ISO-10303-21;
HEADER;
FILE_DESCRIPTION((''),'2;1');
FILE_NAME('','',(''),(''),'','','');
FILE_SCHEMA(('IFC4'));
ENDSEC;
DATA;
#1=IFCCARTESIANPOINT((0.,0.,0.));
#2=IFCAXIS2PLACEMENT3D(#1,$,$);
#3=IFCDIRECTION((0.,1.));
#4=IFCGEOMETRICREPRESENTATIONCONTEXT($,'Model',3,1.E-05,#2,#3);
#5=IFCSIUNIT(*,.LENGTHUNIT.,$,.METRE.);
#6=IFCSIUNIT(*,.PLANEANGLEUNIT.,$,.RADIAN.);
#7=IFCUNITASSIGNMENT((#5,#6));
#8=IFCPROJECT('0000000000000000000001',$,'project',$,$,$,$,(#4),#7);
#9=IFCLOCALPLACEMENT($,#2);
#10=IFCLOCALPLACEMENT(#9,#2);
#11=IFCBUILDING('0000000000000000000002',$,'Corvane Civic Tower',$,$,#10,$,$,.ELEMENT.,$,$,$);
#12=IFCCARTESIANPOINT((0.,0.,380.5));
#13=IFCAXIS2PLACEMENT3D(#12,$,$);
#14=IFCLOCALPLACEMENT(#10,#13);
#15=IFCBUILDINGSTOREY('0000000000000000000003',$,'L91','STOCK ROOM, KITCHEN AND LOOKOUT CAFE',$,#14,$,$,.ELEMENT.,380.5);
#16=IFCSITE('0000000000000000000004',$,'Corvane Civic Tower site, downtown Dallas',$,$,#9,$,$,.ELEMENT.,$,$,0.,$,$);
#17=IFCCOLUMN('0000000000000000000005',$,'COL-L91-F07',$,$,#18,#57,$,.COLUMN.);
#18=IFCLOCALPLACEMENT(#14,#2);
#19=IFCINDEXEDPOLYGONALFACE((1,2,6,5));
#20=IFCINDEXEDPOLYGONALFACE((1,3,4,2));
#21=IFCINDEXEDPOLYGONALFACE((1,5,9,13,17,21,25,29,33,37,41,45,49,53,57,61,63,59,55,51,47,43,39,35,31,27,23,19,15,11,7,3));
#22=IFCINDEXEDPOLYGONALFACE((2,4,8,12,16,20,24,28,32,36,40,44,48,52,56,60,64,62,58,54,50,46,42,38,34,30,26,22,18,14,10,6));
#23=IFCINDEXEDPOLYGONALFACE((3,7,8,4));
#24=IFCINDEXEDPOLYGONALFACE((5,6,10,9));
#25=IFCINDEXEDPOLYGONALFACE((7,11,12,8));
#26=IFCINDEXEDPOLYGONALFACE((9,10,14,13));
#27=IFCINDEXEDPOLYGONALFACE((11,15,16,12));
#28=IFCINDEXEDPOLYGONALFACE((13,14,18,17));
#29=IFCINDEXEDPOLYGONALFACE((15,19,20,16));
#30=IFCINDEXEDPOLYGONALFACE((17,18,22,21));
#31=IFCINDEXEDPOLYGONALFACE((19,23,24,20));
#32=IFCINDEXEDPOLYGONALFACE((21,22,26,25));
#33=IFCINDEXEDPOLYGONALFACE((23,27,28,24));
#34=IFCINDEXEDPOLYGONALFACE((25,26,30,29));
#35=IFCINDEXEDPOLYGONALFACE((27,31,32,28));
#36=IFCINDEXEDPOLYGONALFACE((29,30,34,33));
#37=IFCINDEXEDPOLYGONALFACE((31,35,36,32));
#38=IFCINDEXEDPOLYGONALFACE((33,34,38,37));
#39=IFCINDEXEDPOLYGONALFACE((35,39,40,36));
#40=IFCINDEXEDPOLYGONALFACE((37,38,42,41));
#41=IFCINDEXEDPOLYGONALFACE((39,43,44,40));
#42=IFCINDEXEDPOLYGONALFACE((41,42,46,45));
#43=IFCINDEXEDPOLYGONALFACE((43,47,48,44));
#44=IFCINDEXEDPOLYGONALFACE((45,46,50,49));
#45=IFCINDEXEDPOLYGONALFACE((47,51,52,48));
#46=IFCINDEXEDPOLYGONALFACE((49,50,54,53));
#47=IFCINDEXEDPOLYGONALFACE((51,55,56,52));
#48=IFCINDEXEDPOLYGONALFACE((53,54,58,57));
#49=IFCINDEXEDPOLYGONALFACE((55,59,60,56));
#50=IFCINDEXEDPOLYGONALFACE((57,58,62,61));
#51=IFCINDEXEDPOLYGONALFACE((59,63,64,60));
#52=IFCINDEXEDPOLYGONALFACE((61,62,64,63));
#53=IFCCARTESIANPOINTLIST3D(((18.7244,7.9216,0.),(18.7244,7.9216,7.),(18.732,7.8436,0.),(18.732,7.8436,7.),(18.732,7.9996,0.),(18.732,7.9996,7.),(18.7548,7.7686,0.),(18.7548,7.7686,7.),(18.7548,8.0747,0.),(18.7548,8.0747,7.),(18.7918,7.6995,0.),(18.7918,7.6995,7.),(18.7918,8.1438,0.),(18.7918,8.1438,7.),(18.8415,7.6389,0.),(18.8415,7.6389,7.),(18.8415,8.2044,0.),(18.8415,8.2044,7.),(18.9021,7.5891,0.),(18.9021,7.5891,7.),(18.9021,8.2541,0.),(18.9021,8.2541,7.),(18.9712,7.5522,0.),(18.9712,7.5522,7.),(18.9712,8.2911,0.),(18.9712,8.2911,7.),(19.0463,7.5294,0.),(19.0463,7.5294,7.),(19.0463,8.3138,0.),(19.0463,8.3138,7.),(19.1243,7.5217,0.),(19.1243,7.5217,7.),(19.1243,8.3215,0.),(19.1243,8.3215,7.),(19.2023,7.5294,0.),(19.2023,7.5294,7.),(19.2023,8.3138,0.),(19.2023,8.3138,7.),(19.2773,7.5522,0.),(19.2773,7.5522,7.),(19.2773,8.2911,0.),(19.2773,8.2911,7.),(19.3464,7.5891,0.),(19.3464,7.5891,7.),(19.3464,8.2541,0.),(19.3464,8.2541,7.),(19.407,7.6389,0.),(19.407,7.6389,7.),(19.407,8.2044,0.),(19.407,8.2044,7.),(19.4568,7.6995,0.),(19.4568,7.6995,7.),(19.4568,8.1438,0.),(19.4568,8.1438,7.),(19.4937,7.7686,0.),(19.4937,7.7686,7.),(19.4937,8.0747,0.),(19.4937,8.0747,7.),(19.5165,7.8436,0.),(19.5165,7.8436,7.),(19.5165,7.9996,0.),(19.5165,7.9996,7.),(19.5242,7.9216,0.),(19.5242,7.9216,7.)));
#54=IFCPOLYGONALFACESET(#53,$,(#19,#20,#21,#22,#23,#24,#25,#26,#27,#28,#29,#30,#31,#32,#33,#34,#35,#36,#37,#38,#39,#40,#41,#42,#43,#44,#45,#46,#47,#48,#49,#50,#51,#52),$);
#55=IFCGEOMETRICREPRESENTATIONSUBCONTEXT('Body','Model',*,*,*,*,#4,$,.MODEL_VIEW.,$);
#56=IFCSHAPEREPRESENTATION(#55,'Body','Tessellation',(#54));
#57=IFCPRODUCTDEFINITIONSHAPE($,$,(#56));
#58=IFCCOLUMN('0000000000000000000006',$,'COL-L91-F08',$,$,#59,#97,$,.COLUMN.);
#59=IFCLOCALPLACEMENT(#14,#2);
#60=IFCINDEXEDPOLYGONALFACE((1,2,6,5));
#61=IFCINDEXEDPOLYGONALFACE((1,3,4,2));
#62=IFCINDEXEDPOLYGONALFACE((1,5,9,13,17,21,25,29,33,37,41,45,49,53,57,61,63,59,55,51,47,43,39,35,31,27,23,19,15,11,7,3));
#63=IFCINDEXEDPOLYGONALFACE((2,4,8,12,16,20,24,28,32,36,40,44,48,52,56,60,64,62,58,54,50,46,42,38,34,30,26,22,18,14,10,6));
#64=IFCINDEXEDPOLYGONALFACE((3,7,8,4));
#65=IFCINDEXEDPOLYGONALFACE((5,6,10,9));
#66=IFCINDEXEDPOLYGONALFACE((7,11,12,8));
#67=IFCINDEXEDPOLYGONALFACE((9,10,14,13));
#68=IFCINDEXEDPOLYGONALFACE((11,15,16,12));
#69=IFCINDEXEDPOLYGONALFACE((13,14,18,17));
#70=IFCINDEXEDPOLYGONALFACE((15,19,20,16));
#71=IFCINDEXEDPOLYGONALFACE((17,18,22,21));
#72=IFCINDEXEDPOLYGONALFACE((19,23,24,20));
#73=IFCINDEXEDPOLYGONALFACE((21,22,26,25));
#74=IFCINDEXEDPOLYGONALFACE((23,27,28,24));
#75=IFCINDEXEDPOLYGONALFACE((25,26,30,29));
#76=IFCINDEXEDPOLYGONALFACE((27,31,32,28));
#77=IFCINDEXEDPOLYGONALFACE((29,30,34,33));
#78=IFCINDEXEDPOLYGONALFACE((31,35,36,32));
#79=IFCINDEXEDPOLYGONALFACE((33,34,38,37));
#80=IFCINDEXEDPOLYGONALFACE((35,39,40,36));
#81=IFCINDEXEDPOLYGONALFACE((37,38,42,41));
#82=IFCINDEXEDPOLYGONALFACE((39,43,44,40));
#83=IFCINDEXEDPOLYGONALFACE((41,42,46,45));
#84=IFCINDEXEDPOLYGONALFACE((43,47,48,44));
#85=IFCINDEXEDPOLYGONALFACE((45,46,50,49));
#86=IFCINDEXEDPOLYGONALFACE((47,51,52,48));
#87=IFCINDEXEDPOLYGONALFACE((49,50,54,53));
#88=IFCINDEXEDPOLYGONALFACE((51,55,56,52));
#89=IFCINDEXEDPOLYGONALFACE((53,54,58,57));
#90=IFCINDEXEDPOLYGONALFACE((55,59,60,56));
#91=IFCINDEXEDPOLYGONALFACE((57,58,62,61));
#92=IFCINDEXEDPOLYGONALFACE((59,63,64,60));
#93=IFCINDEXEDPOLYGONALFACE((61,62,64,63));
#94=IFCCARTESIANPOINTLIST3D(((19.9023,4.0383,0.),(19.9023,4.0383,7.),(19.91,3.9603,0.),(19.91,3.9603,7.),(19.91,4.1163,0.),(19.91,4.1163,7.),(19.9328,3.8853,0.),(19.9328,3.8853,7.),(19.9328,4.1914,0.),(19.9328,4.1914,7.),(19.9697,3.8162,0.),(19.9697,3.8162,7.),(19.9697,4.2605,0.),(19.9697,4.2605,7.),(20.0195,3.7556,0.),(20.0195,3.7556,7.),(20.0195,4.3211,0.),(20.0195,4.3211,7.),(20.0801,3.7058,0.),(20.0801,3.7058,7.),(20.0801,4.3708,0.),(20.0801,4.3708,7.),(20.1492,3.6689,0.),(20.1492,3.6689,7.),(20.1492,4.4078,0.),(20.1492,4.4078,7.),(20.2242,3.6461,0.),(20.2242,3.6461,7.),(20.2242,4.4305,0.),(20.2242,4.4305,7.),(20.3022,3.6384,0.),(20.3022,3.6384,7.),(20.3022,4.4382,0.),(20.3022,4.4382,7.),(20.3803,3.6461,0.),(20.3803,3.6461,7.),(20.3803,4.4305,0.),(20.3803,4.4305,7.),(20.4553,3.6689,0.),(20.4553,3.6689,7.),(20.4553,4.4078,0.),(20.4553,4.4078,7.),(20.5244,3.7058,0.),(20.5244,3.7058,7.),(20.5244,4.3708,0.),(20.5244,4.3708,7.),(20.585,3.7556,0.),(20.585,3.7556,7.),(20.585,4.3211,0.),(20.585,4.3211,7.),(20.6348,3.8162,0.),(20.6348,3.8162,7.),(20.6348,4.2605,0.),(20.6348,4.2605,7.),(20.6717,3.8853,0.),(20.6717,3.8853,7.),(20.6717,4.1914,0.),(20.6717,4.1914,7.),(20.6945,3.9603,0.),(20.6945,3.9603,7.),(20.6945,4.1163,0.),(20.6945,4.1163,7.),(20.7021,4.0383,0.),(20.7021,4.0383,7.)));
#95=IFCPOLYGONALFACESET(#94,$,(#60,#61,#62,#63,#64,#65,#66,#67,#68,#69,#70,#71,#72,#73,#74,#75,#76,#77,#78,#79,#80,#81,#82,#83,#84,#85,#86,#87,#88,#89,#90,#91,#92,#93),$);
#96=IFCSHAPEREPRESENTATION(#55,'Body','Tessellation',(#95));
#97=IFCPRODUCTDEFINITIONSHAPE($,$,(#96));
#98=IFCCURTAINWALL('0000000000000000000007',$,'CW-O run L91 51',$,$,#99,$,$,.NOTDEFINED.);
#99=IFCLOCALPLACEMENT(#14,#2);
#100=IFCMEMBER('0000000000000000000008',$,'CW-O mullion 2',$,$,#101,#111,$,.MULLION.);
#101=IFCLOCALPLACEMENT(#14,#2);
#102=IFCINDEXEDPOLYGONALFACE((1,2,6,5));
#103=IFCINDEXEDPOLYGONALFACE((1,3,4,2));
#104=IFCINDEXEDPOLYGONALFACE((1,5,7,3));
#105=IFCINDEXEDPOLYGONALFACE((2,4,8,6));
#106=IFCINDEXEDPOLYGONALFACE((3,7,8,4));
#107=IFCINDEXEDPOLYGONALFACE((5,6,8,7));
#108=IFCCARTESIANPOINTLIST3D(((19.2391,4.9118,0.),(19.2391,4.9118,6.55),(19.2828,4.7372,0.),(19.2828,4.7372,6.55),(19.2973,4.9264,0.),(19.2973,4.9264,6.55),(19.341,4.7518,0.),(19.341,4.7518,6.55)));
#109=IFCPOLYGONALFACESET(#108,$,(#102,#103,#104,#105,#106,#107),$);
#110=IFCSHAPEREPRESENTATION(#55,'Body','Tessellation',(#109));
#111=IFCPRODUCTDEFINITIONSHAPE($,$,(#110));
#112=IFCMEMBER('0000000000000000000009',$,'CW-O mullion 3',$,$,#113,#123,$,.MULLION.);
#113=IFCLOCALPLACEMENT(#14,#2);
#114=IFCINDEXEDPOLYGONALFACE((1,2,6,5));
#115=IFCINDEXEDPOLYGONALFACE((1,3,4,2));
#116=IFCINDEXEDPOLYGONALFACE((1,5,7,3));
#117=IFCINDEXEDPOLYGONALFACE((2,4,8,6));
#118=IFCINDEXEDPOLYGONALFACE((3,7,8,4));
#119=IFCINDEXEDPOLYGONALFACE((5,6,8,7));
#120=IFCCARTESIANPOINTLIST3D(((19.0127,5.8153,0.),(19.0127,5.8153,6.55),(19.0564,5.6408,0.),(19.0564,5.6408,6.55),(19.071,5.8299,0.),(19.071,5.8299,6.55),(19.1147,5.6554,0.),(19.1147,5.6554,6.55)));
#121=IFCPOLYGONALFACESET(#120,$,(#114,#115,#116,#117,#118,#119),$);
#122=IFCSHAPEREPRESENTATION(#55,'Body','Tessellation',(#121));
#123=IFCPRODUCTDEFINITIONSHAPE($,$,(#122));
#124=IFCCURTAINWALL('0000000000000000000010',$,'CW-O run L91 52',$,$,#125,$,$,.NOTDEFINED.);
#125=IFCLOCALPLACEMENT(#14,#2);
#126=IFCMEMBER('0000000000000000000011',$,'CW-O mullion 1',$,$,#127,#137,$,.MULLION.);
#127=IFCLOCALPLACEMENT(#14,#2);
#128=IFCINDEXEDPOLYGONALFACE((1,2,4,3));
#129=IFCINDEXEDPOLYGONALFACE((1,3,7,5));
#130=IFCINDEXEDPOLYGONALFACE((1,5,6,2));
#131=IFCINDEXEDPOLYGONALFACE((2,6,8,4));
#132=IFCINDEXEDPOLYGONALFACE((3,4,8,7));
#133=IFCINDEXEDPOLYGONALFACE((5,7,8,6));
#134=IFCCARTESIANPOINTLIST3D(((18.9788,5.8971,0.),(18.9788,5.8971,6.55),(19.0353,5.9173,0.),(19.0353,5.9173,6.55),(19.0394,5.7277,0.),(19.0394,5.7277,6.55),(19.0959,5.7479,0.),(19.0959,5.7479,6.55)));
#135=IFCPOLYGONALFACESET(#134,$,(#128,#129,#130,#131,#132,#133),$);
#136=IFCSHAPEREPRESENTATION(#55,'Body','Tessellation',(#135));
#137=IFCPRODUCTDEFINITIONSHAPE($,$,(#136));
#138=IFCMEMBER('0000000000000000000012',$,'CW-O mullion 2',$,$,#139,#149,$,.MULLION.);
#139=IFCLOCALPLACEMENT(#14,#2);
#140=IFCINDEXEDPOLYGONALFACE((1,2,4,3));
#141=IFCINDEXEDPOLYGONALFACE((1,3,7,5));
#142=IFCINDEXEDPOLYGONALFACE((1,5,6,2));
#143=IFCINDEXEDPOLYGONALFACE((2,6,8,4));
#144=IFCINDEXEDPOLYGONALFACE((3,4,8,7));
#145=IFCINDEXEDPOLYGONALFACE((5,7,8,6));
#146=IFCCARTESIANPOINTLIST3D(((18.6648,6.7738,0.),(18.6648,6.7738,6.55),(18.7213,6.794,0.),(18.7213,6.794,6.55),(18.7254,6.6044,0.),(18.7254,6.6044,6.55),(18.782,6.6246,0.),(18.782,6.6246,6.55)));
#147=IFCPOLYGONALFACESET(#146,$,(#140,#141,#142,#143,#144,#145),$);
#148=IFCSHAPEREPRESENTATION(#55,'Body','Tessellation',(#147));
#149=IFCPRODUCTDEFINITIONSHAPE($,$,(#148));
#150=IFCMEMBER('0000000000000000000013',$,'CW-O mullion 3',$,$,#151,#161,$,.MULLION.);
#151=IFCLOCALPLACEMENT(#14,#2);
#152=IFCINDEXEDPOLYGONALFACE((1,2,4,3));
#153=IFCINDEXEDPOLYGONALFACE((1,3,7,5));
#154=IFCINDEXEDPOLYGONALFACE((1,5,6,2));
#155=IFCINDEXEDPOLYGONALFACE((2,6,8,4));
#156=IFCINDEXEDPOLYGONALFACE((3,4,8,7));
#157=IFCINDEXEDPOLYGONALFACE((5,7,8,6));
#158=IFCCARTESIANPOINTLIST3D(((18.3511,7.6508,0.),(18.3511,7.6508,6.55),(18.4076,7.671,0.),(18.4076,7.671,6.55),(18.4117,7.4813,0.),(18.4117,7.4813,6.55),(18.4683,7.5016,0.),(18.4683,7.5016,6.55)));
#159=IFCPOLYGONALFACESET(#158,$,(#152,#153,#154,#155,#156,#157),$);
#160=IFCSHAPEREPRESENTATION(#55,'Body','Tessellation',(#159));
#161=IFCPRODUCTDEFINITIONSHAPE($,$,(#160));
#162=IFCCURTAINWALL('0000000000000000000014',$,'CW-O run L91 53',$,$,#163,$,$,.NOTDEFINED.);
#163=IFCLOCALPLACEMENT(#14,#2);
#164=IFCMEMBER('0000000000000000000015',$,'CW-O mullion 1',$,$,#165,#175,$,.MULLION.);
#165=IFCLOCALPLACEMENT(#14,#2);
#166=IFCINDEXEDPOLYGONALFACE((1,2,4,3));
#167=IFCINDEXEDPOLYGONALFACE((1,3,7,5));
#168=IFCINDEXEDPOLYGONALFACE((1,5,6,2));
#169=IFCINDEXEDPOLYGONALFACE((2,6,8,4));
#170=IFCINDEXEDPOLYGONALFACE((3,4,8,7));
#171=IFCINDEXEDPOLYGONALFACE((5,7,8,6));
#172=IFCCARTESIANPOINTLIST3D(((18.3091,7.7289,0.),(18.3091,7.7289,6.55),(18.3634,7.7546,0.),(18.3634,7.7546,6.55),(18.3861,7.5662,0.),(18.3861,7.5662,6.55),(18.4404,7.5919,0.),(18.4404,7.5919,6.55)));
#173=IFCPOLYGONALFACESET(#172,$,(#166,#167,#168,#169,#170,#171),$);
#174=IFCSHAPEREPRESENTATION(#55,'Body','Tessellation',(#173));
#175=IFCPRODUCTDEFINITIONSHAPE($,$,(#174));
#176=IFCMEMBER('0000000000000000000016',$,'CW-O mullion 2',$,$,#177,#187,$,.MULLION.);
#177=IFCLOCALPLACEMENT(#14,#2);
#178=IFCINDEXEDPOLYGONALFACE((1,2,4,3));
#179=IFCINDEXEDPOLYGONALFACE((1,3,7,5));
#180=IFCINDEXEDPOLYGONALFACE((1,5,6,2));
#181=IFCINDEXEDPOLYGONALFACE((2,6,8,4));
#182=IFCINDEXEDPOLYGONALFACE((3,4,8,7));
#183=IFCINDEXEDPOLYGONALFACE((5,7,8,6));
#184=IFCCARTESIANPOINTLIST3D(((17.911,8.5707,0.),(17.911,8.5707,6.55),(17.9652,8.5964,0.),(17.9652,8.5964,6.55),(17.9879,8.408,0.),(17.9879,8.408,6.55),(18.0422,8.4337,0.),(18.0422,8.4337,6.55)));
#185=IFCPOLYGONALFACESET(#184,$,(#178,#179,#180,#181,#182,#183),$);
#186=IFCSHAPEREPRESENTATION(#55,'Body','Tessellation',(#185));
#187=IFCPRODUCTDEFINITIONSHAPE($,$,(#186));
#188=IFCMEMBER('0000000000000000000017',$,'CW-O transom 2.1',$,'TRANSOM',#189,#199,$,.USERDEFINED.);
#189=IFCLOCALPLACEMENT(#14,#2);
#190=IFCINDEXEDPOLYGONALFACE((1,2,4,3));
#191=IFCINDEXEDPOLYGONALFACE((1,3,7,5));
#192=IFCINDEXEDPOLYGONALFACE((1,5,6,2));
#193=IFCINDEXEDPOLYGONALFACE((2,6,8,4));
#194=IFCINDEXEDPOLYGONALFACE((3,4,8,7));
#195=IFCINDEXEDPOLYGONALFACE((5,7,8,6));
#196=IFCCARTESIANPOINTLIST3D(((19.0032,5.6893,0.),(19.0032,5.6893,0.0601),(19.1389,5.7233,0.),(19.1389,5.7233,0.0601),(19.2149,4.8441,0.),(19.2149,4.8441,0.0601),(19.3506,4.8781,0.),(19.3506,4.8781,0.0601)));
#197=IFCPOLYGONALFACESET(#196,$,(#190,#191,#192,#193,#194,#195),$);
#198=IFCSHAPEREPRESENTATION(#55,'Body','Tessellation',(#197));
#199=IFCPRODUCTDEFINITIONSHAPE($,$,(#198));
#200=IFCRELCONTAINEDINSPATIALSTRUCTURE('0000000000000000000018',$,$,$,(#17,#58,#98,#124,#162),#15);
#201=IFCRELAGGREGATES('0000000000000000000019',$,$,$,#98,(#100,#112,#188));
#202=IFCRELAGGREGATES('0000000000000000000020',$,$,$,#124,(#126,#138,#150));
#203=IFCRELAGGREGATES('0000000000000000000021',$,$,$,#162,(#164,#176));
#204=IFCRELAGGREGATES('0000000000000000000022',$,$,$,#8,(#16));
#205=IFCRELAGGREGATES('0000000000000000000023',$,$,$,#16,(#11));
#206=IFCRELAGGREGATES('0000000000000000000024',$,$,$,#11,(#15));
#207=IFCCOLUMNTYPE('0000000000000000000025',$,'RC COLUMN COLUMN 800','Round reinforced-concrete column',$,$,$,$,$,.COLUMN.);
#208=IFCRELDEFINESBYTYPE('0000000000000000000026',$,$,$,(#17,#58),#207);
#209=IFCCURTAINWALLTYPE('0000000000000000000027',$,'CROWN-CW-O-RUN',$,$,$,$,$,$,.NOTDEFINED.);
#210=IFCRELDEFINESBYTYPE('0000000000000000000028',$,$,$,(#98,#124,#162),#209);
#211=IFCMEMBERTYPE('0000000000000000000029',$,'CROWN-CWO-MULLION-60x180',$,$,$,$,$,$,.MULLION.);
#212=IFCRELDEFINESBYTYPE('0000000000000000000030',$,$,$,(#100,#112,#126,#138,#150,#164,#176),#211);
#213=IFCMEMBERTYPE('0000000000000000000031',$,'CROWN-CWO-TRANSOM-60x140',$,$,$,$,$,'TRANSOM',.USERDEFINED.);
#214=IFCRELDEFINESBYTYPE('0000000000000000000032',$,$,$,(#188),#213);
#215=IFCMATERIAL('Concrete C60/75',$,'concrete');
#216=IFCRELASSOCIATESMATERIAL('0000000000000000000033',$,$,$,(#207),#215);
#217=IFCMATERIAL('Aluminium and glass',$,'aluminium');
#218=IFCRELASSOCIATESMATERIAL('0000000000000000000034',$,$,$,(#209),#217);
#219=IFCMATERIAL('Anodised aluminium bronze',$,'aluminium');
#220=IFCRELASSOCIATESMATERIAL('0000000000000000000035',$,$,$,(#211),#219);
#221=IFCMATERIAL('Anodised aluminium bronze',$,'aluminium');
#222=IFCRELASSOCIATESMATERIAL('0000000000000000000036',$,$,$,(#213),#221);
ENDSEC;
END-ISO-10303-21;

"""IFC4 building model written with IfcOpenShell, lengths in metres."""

from ifc_helpers import new_model, si_unit, direction, frame, origin, origin_2d, place, context, subcontext, project, spatial, rectangle, circle, extrude, material, material_profile, profile_set, type_object, element, aggregate, save


model = new_model("IFC4")

# Units and contexts
model_context = context("Model", 3, precision=1e-05, world=origin(), true_north=direction((0.0, 1.0)))
body_context = subcontext(model_context, "Body", "Model", "MODEL_VIEW")
ifc_project = project(units=[si_unit("LENGTHUNIT", "METRE"), si_unit("PLANEANGLEUNIT", "RADIAN")], contexts=[model_context])

# Site, building, storey
site_placement = place(None, origin())
site = spatial("IfcSite", under=ifc_project, at=site_placement, Name="Corvane Civic Tower site, downtown Dallas", CompositionType="ELEMENT", RefElevation=0.0)
building_placement = place(site_placement, origin())
building = spatial("IfcBuilding", under=site, at=building_placement, Name="Corvane Civic Tower", CompositionType="ELEMENT")
storey_placement = place(building_placement, frame((0.0, 0.0, 380.5)))
storey = spatial("IfcBuildingStorey", under=building, at=storey_placement, Name="L91", Description="STOCK ROOM, KITCHEN AND LOOKOUT CAFE", CompositionType="ELEMENT", Elevation=380.5)

# Columns
ifc_material_1 = material(Name="Concrete C60/75", Category="concrete")
ifc_material_profile_1 = material_profile(ifc_material_1, circle(Radius=0.3999, at=origin_2d()), Name="COLUMN 800")
ifc_profile_set_1 = profile_set([ifc_material_profile_1], Name="Concrete C60/75")
column_type = type_object("IfcColumnType", Name="RC COLUMN COLUMN 800", Description="Round reinforced-concrete column", PredefinedType="COLUMN", material=ifc_profile_set_1)
for number, where, z_axis, x_axis, name in (
    (1, (19.1243, 7.9216, 0.0), (0.0, 0.0, 1.0), (1.0, 0.0, 0.0), "COL-L91-F07"),
    (2, (20.3022, 4.0383, 0.0), (0.0, 0.0, 1.0), (1.0, 0.0, 0.0), "COL-L91-F08"),
):
    element("IfcColumn", number, at=place(storey_placement, frame(where, z_axis=z_axis, x_axis=x_axis)), inside=storey, type_object=column_type, Name=name, PredefinedType="COLUMN", context=body_context, shape_type="SweptSolid", body=[
        extrude(circle(Radius=0.3999, at=origin_2d()), origin(), (0.0, 0.0, 1.0), 7.0),
    ])

# Curtain walls, members
ifc_material_2 = material(Name="Aluminium and glass", Category="aluminium")
curtain_wall_type = type_object("IfcCurtainWallType", Name="CROWN-CW-O-RUN", PredefinedType="NOTDEFINED", material=ifc_material_2)
curtain_wall_1_placement = place(storey_placement, origin())
curtain_wall_1 = element("IfcCurtainWall", 3, at=curtain_wall_1_placement, inside=storey, type_object=curtain_wall_type, Name="CW-O run L91 51", PredefinedType="NOTDEFINED")
ifc_material_3 = material(Name="Anodised aluminium bronze", Category="aluminium")
ifc_material_profile_2 = material_profile(ifc_material_3, rectangle(XDim=0.0601, YDim=0.1799, at=origin_2d()), Name="AL 60x180")
ifc_profile_set_2 = profile_set([ifc_material_profile_2], Name="Anodised aluminium bronze")
member_type_1 = type_object("IfcMemberType", Name="CROWN-CWO-MULLION-60x180", PredefinedType="MULLION", material=ifc_profile_set_2)
member_1_placement = place(storey_placement, frame((19.29, 4.8318, 0.0), z_axis=(0.0, 0.0, 1.0), x_axis=(-0.970038, -0.242952, 0.0)))
member_1 = element("IfcMember", 4, at=member_1_placement, type_object=member_type_1, Name="CW-O mullion 2", PredefinedType="MULLION", context=body_context, shape_type="SweptSolid", body=[
    extrude(rectangle(XDim=0.0601, YDim=0.1799, at=origin_2d()), origin(), (0.0, 0.0, 1.0), 6.55),
])
member_2_placement = place(storey_placement, frame((19.0637, 5.7354, 0.0), z_axis=(0.0, 0.0, 1.0), x_axis=(-0.970038, -0.242952, 0.0)))
member_2 = element("IfcMember", 5, at=member_2_placement, type_object=member_type_1, Name="CW-O mullion 3", PredefinedType="MULLION", context=body_context, shape_type="SweptSolid", body=[
    extrude(rectangle(XDim=0.0601, YDim=0.1799, at=origin_2d()), origin(), (0.0, 0.0, 1.0), 6.55),
])
curtain_wall_2_placement = place(storey_placement, origin())
curtain_wall_2 = element("IfcCurtainWall", 6, at=curtain_wall_2_placement, inside=storey, type_object=curtain_wall_type, Name="CW-O run L91 52", PredefinedType="NOTDEFINED")
member_3_placement = place(storey_placement, frame((19.0374, 5.8225, 0.0), z_axis=(0.0, 0.0, 1.0), x_axis=(-0.941511, -0.336982, 0.0)))
member_3 = element("IfcMember", 7, at=member_3_placement, type_object=member_type_1, Name="CW-O mullion 1", PredefinedType="MULLION", context=body_context, shape_type="SweptSolid", body=[
    extrude(rectangle(XDim=0.0601, YDim=0.1799, at=origin_2d()), origin(), (0.0, 0.0, 1.0), 6.55),
])
member_4_placement = place(storey_placement, frame((18.7234, 6.6992, 0.0), z_axis=(0.0, 0.0, 1.0), x_axis=(-0.941511, -0.336982, 0.0)))
member_4 = element("IfcMember", 8, at=member_4_placement, type_object=member_type_1, Name="CW-O mullion 2", PredefinedType="MULLION", context=body_context, shape_type="SweptSolid", body=[
    extrude(rectangle(XDim=0.0601, YDim=0.1799, at=origin_2d()), origin(), (0.0, 0.0, 1.0), 6.55),
])
member_5_placement = place(storey_placement, frame((18.4097, 7.5762, 0.0), z_axis=(0.0, 0.0, 1.0), x_axis=(-0.941511, -0.336982, 0.0)))
member_5 = element("IfcMember", 9, at=member_5_placement, type_object=member_type_1, Name="CW-O mullion 3", PredefinedType="MULLION", context=body_context, shape_type="SweptSolid", body=[
    extrude(rectangle(XDim=0.0601, YDim=0.1799, at=origin_2d()), origin(), (0.0, 0.0, 1.0), 6.55),
])
curtain_wall_3_placement = place(storey_placement, origin())
curtain_wall_3 = element("IfcCurtainWall", 10, at=curtain_wall_3_placement, inside=storey, type_object=curtain_wall_type, Name="CW-O run L91 53", PredefinedType="NOTDEFINED")
member_6_placement = place(storey_placement, frame((18.3748, 7.6604, 0.0), z_axis=(0.0, 0.0, 1.0), x_axis=(-0.904011, -0.427509, 0.0)))
member_6 = element("IfcMember", 11, at=member_6_placement, type_object=member_type_1, Name="CW-O mullion 1", PredefinedType="MULLION", context=body_context, shape_type="SweptSolid", body=[
    extrude(rectangle(XDim=0.0601, YDim=0.1799, at=origin_2d()), origin(), (0.0, 0.0, 1.0), 6.55),
])
member_7_placement = place(storey_placement, frame((17.9766, 8.5022, 0.0), z_axis=(0.0, 0.0, 1.0), x_axis=(-0.904011, -0.427509, 0.0)))
member_7 = element("IfcMember", 12, at=member_7_placement, type_object=member_type_1, Name="CW-O mullion 2", PredefinedType="MULLION", context=body_context, shape_type="SweptSolid", body=[
    extrude(rectangle(XDim=0.0601, YDim=0.1799, at=origin_2d()), origin(), (0.0, 0.0, 1.0), 6.55),
])

# Member
ifc_material_4 = material(Name="Anodised aluminium bronze", Category="aluminium")
ifc_material_profile_3 = material_profile(ifc_material_4, rectangle(XDim=0.1399, YDim=0.0601, at=origin_2d()), Name="AL 140x60")
ifc_profile_set_3 = profile_set([ifc_material_profile_3], Name="Anodised aluminium bronze")
member_type_2 = type_object("IfcMemberType", Name="CROWN-CWO-TRANSOM-60x140", ElementType="TRANSOM", PredefinedType="USERDEFINED", material=ifc_profile_set_3)
member_8_placement = place(storey_placement, frame((19.2827, 4.8611, 0.03), z_axis=(-0.242931, 0.970044, 0.0), x_axis=(-0.970044, -0.242931, 0.0)))
member_8 = element("IfcMember", 13, at=member_8_placement, type_object=member_type_2, Name="CW-O transom 2.1", ObjectType="TRANSOM", PredefinedType="USERDEFINED", context=body_context, shape_type="SweptSolid", body=[
    extrude(rectangle(XDim=0.1399, YDim=0.0601, at=origin_2d()), origin(), (0.0, 0.0, 1.0), 0.8713),
])

aggregate(curtain_wall_1, [member_1, member_2, member_8])
aggregate(curtain_wall_2, [member_3, member_4, member_5])
aggregate(curtain_wall_3, [member_6, member_7])

save(model, "model.ifc")
